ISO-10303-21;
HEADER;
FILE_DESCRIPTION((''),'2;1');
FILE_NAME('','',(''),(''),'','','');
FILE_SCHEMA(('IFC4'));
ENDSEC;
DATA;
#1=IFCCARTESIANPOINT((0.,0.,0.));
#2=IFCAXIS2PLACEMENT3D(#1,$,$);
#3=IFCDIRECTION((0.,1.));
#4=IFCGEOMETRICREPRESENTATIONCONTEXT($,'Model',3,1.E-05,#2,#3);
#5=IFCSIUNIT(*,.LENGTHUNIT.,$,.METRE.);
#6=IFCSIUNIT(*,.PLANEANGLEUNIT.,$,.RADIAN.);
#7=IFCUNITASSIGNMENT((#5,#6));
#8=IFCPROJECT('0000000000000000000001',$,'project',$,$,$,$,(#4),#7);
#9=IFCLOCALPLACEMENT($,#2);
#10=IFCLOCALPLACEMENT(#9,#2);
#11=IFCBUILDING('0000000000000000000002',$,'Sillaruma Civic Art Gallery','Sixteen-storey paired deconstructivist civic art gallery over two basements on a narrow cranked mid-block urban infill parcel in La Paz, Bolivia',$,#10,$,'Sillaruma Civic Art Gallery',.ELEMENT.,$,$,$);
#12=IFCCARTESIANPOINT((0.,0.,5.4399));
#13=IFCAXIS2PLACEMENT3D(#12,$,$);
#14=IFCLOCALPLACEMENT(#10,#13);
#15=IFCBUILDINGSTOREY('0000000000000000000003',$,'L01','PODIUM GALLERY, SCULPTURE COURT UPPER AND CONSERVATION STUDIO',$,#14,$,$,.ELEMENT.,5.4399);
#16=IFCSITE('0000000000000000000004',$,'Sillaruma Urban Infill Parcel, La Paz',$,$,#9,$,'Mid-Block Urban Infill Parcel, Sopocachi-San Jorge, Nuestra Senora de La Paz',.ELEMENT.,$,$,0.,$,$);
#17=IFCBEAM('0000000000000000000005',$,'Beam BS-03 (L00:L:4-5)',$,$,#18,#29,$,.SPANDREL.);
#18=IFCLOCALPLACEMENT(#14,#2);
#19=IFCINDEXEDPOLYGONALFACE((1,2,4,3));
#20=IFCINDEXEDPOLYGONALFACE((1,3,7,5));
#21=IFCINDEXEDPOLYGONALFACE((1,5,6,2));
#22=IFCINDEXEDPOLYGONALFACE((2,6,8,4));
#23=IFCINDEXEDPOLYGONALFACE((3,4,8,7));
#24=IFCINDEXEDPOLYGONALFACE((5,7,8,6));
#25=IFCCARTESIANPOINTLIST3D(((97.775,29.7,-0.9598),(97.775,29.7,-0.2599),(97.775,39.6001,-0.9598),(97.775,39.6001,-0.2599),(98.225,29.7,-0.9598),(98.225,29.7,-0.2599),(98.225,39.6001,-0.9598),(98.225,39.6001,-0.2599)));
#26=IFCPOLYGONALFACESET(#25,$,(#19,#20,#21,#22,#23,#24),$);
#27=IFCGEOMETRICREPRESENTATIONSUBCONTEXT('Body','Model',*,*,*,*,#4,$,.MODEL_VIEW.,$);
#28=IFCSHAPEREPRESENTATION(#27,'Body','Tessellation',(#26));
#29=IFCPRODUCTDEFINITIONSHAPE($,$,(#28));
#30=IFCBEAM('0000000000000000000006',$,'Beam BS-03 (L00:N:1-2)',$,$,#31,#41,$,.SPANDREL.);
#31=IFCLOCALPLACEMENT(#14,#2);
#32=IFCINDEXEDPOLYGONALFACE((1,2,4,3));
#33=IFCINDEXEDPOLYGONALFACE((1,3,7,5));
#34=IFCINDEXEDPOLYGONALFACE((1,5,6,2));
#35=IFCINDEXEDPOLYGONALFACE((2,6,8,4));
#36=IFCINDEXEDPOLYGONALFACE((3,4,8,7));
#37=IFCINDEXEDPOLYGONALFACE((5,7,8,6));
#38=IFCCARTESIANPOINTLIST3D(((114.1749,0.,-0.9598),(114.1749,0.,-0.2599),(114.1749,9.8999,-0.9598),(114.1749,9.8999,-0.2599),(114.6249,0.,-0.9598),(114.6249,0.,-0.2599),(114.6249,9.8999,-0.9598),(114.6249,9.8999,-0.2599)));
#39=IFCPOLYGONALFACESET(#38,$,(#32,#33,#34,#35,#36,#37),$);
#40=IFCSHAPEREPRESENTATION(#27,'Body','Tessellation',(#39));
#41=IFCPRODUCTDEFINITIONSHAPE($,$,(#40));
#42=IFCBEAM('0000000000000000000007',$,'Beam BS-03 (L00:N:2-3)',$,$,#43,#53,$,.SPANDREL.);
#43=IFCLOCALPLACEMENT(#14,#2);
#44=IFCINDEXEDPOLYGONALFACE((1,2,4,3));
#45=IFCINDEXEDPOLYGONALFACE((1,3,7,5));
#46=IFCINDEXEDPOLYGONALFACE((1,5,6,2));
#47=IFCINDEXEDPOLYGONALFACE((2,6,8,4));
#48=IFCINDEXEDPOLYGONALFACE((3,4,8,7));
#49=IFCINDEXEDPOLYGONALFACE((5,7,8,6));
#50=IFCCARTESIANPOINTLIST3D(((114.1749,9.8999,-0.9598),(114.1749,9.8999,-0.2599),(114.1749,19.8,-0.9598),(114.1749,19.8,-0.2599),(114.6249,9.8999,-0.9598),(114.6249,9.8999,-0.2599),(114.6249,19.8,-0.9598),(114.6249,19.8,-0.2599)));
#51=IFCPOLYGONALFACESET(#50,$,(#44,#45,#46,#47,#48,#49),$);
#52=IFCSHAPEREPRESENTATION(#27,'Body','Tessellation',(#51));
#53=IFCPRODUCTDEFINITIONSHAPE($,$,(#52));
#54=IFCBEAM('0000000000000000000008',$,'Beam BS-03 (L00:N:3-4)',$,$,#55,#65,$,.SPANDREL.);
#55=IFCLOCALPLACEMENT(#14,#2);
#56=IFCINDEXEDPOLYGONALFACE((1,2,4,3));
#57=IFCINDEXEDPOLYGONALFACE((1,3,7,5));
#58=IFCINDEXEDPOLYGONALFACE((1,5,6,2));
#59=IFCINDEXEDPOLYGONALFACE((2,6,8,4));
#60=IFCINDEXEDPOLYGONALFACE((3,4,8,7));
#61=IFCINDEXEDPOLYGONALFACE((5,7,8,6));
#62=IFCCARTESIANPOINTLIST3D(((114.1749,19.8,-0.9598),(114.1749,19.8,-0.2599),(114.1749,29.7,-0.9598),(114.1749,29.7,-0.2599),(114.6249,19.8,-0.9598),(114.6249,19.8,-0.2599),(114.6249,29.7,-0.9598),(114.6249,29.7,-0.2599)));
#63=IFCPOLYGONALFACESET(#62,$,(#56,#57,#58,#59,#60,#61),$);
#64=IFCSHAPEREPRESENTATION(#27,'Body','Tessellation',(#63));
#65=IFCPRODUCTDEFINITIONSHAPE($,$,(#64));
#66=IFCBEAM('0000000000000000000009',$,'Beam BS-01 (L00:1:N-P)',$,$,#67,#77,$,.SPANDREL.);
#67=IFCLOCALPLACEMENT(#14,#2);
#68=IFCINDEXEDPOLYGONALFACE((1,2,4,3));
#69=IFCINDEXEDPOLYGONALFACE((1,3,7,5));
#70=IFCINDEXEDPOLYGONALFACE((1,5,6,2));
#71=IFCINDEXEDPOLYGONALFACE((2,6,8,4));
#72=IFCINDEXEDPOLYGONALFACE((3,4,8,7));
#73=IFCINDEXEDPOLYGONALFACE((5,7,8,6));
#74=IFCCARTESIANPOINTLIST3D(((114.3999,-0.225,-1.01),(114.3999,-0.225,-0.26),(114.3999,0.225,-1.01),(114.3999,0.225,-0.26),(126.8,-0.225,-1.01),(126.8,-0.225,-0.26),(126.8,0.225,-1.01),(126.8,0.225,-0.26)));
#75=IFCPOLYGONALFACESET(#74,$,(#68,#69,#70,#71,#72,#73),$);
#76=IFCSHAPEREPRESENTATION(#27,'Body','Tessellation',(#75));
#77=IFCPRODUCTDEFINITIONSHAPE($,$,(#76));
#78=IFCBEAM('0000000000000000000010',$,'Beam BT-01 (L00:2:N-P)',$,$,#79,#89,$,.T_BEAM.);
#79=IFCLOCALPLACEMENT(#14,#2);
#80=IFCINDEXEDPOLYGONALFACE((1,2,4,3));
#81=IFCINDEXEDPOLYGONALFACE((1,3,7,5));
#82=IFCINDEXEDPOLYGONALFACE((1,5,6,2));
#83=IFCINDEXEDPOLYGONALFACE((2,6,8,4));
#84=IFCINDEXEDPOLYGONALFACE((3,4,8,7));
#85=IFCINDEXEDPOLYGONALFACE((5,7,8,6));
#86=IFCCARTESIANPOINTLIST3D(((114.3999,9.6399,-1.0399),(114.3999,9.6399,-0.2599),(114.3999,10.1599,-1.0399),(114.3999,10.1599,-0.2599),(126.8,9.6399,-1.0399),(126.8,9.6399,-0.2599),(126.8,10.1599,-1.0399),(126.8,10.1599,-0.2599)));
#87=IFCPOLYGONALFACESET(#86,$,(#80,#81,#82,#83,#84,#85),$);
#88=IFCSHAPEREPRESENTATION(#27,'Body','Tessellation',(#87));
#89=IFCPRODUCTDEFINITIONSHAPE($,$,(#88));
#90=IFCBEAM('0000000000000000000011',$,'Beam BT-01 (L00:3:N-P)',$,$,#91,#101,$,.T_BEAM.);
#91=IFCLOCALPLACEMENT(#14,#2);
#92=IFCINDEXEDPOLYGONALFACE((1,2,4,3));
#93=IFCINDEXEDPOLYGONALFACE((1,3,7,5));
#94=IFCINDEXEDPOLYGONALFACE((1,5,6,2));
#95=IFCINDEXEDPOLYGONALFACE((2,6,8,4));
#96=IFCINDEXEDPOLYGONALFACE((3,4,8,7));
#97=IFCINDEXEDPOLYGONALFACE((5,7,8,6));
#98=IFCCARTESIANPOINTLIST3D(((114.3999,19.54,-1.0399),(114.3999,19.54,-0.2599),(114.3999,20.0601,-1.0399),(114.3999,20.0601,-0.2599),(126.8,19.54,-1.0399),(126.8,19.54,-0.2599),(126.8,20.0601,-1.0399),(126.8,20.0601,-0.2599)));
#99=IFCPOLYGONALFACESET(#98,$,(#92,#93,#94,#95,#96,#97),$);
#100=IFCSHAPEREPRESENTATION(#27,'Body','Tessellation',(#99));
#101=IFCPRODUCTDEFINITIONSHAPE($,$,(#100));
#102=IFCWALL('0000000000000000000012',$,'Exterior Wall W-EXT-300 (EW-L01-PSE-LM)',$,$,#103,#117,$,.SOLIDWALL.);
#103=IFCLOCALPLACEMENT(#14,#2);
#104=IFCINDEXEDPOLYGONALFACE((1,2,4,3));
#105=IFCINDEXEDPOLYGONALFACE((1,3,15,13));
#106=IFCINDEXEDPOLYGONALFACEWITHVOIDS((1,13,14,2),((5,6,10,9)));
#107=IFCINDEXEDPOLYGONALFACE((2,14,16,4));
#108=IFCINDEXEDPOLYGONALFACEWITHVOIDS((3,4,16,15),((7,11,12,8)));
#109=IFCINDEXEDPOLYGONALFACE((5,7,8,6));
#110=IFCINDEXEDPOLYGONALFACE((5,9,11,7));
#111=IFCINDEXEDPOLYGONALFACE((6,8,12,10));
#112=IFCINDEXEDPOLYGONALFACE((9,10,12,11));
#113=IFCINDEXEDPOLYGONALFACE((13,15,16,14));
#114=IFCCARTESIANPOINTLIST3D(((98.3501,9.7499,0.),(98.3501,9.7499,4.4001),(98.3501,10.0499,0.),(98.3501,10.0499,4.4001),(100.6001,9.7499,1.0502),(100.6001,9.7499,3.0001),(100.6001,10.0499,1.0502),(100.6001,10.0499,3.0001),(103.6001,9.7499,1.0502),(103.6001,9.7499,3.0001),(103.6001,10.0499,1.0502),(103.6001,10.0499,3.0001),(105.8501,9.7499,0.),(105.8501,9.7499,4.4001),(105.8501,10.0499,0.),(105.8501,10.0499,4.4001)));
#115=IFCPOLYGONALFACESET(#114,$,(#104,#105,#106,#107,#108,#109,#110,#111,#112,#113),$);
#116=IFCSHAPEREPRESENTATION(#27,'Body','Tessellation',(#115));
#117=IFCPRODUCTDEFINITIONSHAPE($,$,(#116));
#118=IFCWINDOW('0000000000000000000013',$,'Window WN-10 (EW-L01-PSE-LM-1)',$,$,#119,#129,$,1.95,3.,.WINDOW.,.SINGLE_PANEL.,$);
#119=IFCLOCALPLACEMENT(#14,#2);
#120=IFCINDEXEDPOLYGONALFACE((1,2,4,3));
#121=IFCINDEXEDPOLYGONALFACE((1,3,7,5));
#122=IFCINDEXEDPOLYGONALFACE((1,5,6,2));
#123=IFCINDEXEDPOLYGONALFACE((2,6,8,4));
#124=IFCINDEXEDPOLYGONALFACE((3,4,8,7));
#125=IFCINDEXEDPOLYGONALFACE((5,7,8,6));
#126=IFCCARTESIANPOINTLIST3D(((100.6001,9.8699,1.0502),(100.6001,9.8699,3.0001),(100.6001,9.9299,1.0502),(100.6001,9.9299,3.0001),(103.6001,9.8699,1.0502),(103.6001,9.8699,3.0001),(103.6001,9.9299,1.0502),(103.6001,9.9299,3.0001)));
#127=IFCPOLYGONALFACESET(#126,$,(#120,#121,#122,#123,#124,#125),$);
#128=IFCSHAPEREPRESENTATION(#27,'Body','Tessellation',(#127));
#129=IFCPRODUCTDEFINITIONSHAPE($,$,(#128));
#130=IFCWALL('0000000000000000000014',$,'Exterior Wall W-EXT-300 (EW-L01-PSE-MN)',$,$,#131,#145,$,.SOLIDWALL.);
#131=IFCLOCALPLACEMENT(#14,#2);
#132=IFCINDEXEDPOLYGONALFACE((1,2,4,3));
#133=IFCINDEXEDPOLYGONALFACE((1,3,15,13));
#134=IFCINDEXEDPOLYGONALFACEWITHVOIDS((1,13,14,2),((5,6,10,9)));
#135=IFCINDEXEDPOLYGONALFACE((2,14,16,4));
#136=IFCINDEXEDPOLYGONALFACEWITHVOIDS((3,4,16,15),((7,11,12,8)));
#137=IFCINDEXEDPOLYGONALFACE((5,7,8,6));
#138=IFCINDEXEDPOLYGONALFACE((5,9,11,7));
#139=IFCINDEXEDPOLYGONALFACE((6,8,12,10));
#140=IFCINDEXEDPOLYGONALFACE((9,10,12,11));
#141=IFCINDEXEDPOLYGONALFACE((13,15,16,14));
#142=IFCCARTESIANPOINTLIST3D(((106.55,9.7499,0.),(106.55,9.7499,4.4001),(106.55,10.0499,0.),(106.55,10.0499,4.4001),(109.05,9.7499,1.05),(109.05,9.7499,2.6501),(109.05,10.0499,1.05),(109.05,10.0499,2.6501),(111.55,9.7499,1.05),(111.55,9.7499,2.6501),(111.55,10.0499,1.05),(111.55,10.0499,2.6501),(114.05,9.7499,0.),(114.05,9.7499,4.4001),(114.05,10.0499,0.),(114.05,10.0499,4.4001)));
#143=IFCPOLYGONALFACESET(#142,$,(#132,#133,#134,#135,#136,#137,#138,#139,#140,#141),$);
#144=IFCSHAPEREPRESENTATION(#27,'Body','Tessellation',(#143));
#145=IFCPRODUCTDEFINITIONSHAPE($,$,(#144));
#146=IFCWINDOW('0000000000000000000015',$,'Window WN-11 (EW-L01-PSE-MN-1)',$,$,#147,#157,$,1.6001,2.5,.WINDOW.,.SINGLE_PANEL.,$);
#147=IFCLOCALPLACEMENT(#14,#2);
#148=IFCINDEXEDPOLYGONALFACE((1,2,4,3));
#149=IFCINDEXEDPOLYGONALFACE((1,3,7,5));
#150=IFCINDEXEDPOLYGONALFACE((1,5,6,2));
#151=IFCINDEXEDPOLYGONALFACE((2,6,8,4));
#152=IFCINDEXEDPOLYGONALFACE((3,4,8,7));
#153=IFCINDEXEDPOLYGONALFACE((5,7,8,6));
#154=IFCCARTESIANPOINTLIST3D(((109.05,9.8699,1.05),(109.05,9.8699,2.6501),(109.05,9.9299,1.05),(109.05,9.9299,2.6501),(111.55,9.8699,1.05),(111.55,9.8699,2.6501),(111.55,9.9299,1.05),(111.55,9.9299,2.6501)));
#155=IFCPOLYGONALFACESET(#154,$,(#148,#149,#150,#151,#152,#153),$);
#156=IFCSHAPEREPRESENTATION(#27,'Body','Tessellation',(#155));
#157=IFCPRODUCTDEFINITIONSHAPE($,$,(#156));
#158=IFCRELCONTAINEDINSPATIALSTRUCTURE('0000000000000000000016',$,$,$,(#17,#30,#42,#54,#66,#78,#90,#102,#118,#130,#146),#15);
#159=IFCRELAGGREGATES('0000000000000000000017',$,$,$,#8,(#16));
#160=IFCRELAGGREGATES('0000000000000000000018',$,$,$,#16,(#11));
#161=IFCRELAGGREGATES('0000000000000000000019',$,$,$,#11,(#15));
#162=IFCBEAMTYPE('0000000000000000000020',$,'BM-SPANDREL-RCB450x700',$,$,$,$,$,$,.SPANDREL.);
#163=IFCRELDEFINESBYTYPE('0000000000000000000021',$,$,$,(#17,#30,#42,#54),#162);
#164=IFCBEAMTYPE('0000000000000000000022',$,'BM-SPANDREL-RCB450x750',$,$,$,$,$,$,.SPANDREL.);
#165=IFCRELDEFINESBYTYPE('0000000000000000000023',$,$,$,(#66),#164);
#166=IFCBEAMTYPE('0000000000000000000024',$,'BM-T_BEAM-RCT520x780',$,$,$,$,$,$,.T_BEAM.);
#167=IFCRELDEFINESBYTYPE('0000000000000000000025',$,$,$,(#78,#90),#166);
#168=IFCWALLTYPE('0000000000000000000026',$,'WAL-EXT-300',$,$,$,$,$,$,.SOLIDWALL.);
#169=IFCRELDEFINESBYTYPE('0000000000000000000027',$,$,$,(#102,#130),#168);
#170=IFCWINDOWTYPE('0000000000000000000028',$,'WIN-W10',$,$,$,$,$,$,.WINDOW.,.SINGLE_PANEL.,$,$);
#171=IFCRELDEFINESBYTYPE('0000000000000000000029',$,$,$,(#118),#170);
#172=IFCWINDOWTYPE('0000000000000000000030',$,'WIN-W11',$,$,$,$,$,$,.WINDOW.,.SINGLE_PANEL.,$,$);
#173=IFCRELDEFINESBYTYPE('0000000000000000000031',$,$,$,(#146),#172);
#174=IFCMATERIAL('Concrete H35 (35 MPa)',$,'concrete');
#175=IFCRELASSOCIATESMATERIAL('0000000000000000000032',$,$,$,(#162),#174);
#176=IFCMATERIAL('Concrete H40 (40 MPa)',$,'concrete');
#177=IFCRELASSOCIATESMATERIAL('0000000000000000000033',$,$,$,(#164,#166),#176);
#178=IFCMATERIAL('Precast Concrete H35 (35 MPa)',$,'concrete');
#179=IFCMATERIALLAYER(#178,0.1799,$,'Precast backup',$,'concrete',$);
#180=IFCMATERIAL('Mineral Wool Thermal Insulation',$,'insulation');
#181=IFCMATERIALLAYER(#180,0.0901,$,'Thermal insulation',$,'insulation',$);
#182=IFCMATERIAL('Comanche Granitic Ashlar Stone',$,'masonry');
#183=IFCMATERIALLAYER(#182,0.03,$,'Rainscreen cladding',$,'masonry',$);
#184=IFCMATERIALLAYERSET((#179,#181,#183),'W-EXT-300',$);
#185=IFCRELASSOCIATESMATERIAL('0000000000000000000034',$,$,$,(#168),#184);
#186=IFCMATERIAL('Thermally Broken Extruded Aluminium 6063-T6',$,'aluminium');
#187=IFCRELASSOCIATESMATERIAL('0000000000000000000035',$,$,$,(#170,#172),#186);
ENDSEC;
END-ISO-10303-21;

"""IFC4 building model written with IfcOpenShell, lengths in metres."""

from ifc_helpers import new_model, si_unit, direction, frame, frame_2d, origin, origin_2d, place, context, subcontext, project, spatial, rectangle, extrude, material, layer, layer_set, material_profile, profile_set, type_object, element, fill, save


model = new_model("IFC4")

# Units and contexts
model_context = context("Model", 3, precision=1e-05, world=origin(), true_north=direction((0.0, 1.0)))
body_context = subcontext(model_context, "Body", "Model", "MODEL_VIEW")
ifc_project = project(units=[si_unit("LENGTHUNIT", "METRE"), si_unit("PLANEANGLEUNIT", "RADIAN")], contexts=[model_context])

# Site, building, storey
site_placement = place(None, origin())
site = spatial("IfcSite", under=ifc_project, at=site_placement, Name="Sillaruma Urban Infill Parcel, La Paz", LongName="Mid-Block Urban Infill Parcel, Sopocachi-San Jorge, Nuestra Senora de La Paz", CompositionType="ELEMENT", RefElevation=0.0)
building_placement = place(site_placement, origin())
building = spatial("IfcBuilding", under=site, at=building_placement, Name="Sillaruma Civic Art Gallery", Description="Sixteen-storey paired deconstructivist civic art gallery over two basements on a narrow cranked mid-block urban infill parcel in La Paz, Bolivia", LongName="Sillaruma Civic Art Gallery", CompositionType="ELEMENT")
storey_placement = place(building_placement, frame((0.0, 0.0, 5.4399)))
storey = spatial("IfcBuildingStorey", under=building, at=storey_placement, Name="L01", Description="PODIUM GALLERY, SCULPTURE COURT UPPER AND CONSERVATION STUDIO", CompositionType="ELEMENT", Elevation=5.4399)

# Shared definitions
ifc_material_1 = material(Name="Concrete H40 (40 MPa)", Category="concrete")

# Beams
ifc_material_2 = material(Name="Concrete H35 (35 MPa)", Category="concrete")
ifc_material_profile_1 = material_profile(ifc_material_2, rectangle(XDim=0.45, YDim=0.7, at=origin_2d()), Name="RCB450x700")
ifc_profile_set_1 = profile_set([ifc_material_profile_1], Name="Concrete H35 (35 MPa)")
beam_type_1 = type_object("IfcBeamType", Name="BM-SPANDREL-RCB450x700", PredefinedType="SPANDREL", material=ifc_profile_set_1)
beam_1_placement = place(storey_placement, frame((98.0, 29.7, -0.6099), z_axis=(0.0, 1.0, 0.0), x_axis=(-1.0, 0.0, 0.0)))
element("IfcBeam", 1, at=beam_1_placement, inside=storey, type_object=beam_type_1, Name="Beam BS-03 (L00:L:4-5)", PredefinedType="SPANDREL", context=body_context, shape_type="SweptSolid", body=[
    extrude(rectangle(XDim=0.45, YDim=0.7, at=origin_2d()), origin(), (0.0, 0.0, 1.0), 9.9001),
])
beam_2_placement = place(storey_placement, frame((114.3999, 0.0, -0.6099), z_axis=(0.0, 1.0, 0.0), x_axis=(-1.0, 0.0, 0.0)))
element("IfcBeam", 2, at=beam_2_placement, inside=storey, type_object=beam_type_1, Name="Beam BS-03 (L00:N:1-2)", PredefinedType="SPANDREL", context=body_context, shape_type="SweptSolid", body=[
    extrude(rectangle(XDim=0.45, YDim=0.7, at=origin_2d()), origin(), (0.0, 0.0, 1.0), 9.8999),
])
beam_3_placement = place(storey_placement, frame((114.3999, 9.8999, -0.6099), z_axis=(0.0, 1.0, 0.0), x_axis=(-1.0, 0.0, 0.0)))
element("IfcBeam", 3, at=beam_3_placement, inside=storey, type_object=beam_type_1, Name="Beam BS-03 (L00:N:2-3)", PredefinedType="SPANDREL", context=body_context, shape_type="SweptSolid", body=[
    extrude(rectangle(XDim=0.45, YDim=0.7, at=origin_2d()), origin(), (0.0, 0.0, 1.0), 9.9001),
])
beam_4_placement = place(storey_placement, frame((114.3999, 19.8, -0.6099), z_axis=(0.0, 1.0, 0.0), x_axis=(-1.0, 0.0, 0.0)))
element("IfcBeam", 4, at=beam_4_placement, inside=storey, type_object=beam_type_1, Name="Beam BS-03 (L00:N:3-4)", PredefinedType="SPANDREL", context=body_context, shape_type="SweptSolid", body=[
    extrude(rectangle(XDim=0.45, YDim=0.7, at=origin_2d()), origin(), (0.0, 0.0, 1.0), 9.8999),
])
ifc_material_profile_2 = material_profile(ifc_material_1, rectangle(XDim=0.45, YDim=0.75, at=origin_2d()), Name="RCB450x750")
ifc_profile_set_2 = profile_set([ifc_material_profile_2], Name="Concrete H40 (40 MPa)")
beam_type_2 = type_object("IfcBeamType", Name="BM-SPANDREL-RCB450x750", PredefinedType="SPANDREL", material=ifc_profile_set_2)
beam_5_placement = place(storey_placement, frame((114.3999, 0.0, -0.635), z_axis=(1.0, 0.0, 0.0), x_axis=(0.0, 1.0, 0.0)))
element("IfcBeam", 5, at=beam_5_placement, inside=storey, type_object=beam_type_2, Name="Beam BS-01 (L00:1:N-P)", PredefinedType="SPANDREL", context=body_context, shape_type="SweptSolid", body=[
    extrude(rectangle(XDim=0.45, YDim=0.75, at=origin_2d()), origin(), (0.0, 0.0, 1.0), 12.4001),
])
ifc_material_profile_3 = material_profile(ifc_material_1, rectangle(XDim=0.52, YDim=0.78, at=origin_2d()), Name="RCT520x780")
ifc_profile_set_3 = profile_set([ifc_material_profile_3], Name="Concrete H40 (40 MPa)")
beam_type_3 = type_object("IfcBeamType", Name="BM-T_BEAM-RCT520x780", PredefinedType="T_BEAM", material=ifc_profile_set_3)
for number, where, z_axis, x_axis, name in (
    (6, (114.3999, 9.8999, -0.6499), (1.0, 0.0, 0.0), (0.0, 1.0, 0.0), "Beam BT-01 (L00:2:N-P)"),
    (7, (114.3999, 19.8, -0.6499), (1.0, 0.0, 0.0), (0.0, 1.0, 0.0), "Beam BT-01 (L00:3:N-P)"),
):
    element("IfcBeam", number, at=place(storey_placement, frame(where, z_axis=z_axis, x_axis=x_axis)), inside=storey, type_object=beam_type_3, Name=name, PredefinedType="T_BEAM", context=body_context, shape_type="SweptSolid", body=[
        extrude(rectangle(XDim=0.52, YDim=0.78, at=origin_2d()), origin(), (0.0, 0.0, 1.0), 12.4001),
    ])

# Walls, openings, windows
ifc_material_3 = material(Name="Precast Concrete H35 (35 MPa)", Category="concrete")
ifc_layer_1 = layer(ifc_material_3, 0.1799, Name="Precast backup", Category="concrete")
ifc_material_4 = material(Name="Mineral Wool Thermal Insulation", Category="insulation")
ifc_layer_2 = layer(ifc_material_4, 0.0901, Name="Thermal insulation", Category="insulation")
ifc_material_5 = material(Name="Comanche Granitic Ashlar Stone", Category="masonry")
ifc_layer_3 = layer(ifc_material_5, 0.03, Name="Rainscreen cladding", Category="masonry")
ifc_layer_set = layer_set([ifc_layer_1, ifc_layer_2, ifc_layer_3], Name="W-EXT-300")
wall_type = type_object("IfcWallType", Name="WAL-EXT-300", PredefinedType="SOLIDWALL", material=ifc_layer_set)
wall_1_placement = place(storey_placement, frame((98.3501, 9.8999, 0.0), z_axis=(0.0, 0.0, 1.0), x_axis=(1.0, 0.0, 0.0)))
wall_1 = element("IfcWall", 8, at=wall_1_placement, inside=storey, type_object=wall_type, Name="Exterior Wall W-EXT-300 (EW-L01-PSE-LM)", PredefinedType="SOLIDWALL", context=body_context, shape_type="SweptSolid", body=[
    extrude(rectangle(XDim=7.5, YDim=0.3, at=frame_2d((3.75, 0.0))), origin(), (0.0, 0.0, 1.0), 4.4001),
])
opening_1_placement = place(wall_1_placement, frame((2.25, 0.0, 1.05)))
opening_1 = element("IfcOpeningElement", 9, at=opening_1_placement, cuts=wall_1, PredefinedType="OPENING", context=body_context, shape_type="SweptSolid", body=[
    extrude(rectangle(XDim=3.0, YDim=1.95, at=frame_2d((1.5, 0.9751))), frame((0.0, 0.1599, 0.0), z_axis=(0.0, -1.0, 0.0), x_axis=(1.0, 0.0, 0.0)), (0.0, 0.0, 1.0), 0.3201),
])
ifc_material_6 = material(Name="Thermally Broken Extruded Aluminium 6063-T6", Category="aluminium")
window_type_1 = type_object("IfcWindowType", Name="WIN-W10", PartitioningType="SINGLE_PANEL", PredefinedType="WINDOW", material=ifc_material_6)
window_1_placement = place(opening_1_placement, origin())
window_1 = element("IfcWindow", 10, at=window_1_placement, inside=storey, type_object=window_type_1, Name="Window WN-10 (EW-L01-PSE-LM-1)", OverallHeight=1.95, OverallWidth=3.0, PartitioningType="SINGLE_PANEL", PredefinedType="WINDOW", context=body_context, shape_type="SweptSolid", body=[
    extrude(rectangle(XDim=3.0, YDim=1.95, at=frame_2d((1.5, 0.9751))), frame((0.0, 0.03, 0.0), z_axis=(0.0, -1.0, 0.0), x_axis=(1.0, 0.0, 0.0)), (0.0, 0.0, 1.0), 0.0601),
])
fill(opening_1, window_1)
wall_2_placement = place(storey_placement, frame((106.55, 9.8999, 0.0), z_axis=(0.0, 0.0, 1.0), x_axis=(1.0, 0.0, 0.0)))
wall_2 = element("IfcWall", 11, at=wall_2_placement, inside=storey, type_object=wall_type, Name="Exterior Wall W-EXT-300 (EW-L01-PSE-MN)", PredefinedType="SOLIDWALL", context=body_context, shape_type="SweptSolid", body=[
    extrude(rectangle(XDim=7.5, YDim=0.3, at=frame_2d((3.75, 0.0))), origin(), (0.0, 0.0, 1.0), 4.4001),
])
opening_2_placement = place(wall_2_placement, frame((2.5, 0.0, 1.05)))
opening_2 = element("IfcOpeningElement", 12, at=opening_2_placement, cuts=wall_2, PredefinedType="OPENING", context=body_context, shape_type="SweptSolid", body=[
    extrude(rectangle(XDim=2.5, YDim=1.6001, at=frame_2d((1.25, 0.8))), frame((0.0, 0.1599, 0.0), z_axis=(0.0, -1.0, 0.0), x_axis=(1.0, 0.0, 0.0)), (0.0, 0.0, 1.0), 0.3201),
])
window_type_2 = type_object("IfcWindowType", Name="WIN-W11", PartitioningType="SINGLE_PANEL", PredefinedType="WINDOW", material=ifc_material_6)
window_2_placement = place(opening_2_placement, origin())
window_2 = element("IfcWindow", 13, at=window_2_placement, inside=storey, type_object=window_type_2, Name="Window WN-11 (EW-L01-PSE-MN-1)", OverallHeight=1.6001, OverallWidth=2.5, PartitioningType="SINGLE_PANEL", PredefinedType="WINDOW", context=body_context, shape_type="SweptSolid", body=[
    extrude(rectangle(XDim=2.5, YDim=1.6001, at=frame_2d((1.25, 0.8))), frame((0.0, 0.03, 0.0), z_axis=(0.0, -1.0, 0.0), x_axis=(1.0, 0.0, 0.0)), (0.0, 0.0, 1.0), 0.0601),
])
fill(opening_2, window_2)

save(model, "model.ifc")
